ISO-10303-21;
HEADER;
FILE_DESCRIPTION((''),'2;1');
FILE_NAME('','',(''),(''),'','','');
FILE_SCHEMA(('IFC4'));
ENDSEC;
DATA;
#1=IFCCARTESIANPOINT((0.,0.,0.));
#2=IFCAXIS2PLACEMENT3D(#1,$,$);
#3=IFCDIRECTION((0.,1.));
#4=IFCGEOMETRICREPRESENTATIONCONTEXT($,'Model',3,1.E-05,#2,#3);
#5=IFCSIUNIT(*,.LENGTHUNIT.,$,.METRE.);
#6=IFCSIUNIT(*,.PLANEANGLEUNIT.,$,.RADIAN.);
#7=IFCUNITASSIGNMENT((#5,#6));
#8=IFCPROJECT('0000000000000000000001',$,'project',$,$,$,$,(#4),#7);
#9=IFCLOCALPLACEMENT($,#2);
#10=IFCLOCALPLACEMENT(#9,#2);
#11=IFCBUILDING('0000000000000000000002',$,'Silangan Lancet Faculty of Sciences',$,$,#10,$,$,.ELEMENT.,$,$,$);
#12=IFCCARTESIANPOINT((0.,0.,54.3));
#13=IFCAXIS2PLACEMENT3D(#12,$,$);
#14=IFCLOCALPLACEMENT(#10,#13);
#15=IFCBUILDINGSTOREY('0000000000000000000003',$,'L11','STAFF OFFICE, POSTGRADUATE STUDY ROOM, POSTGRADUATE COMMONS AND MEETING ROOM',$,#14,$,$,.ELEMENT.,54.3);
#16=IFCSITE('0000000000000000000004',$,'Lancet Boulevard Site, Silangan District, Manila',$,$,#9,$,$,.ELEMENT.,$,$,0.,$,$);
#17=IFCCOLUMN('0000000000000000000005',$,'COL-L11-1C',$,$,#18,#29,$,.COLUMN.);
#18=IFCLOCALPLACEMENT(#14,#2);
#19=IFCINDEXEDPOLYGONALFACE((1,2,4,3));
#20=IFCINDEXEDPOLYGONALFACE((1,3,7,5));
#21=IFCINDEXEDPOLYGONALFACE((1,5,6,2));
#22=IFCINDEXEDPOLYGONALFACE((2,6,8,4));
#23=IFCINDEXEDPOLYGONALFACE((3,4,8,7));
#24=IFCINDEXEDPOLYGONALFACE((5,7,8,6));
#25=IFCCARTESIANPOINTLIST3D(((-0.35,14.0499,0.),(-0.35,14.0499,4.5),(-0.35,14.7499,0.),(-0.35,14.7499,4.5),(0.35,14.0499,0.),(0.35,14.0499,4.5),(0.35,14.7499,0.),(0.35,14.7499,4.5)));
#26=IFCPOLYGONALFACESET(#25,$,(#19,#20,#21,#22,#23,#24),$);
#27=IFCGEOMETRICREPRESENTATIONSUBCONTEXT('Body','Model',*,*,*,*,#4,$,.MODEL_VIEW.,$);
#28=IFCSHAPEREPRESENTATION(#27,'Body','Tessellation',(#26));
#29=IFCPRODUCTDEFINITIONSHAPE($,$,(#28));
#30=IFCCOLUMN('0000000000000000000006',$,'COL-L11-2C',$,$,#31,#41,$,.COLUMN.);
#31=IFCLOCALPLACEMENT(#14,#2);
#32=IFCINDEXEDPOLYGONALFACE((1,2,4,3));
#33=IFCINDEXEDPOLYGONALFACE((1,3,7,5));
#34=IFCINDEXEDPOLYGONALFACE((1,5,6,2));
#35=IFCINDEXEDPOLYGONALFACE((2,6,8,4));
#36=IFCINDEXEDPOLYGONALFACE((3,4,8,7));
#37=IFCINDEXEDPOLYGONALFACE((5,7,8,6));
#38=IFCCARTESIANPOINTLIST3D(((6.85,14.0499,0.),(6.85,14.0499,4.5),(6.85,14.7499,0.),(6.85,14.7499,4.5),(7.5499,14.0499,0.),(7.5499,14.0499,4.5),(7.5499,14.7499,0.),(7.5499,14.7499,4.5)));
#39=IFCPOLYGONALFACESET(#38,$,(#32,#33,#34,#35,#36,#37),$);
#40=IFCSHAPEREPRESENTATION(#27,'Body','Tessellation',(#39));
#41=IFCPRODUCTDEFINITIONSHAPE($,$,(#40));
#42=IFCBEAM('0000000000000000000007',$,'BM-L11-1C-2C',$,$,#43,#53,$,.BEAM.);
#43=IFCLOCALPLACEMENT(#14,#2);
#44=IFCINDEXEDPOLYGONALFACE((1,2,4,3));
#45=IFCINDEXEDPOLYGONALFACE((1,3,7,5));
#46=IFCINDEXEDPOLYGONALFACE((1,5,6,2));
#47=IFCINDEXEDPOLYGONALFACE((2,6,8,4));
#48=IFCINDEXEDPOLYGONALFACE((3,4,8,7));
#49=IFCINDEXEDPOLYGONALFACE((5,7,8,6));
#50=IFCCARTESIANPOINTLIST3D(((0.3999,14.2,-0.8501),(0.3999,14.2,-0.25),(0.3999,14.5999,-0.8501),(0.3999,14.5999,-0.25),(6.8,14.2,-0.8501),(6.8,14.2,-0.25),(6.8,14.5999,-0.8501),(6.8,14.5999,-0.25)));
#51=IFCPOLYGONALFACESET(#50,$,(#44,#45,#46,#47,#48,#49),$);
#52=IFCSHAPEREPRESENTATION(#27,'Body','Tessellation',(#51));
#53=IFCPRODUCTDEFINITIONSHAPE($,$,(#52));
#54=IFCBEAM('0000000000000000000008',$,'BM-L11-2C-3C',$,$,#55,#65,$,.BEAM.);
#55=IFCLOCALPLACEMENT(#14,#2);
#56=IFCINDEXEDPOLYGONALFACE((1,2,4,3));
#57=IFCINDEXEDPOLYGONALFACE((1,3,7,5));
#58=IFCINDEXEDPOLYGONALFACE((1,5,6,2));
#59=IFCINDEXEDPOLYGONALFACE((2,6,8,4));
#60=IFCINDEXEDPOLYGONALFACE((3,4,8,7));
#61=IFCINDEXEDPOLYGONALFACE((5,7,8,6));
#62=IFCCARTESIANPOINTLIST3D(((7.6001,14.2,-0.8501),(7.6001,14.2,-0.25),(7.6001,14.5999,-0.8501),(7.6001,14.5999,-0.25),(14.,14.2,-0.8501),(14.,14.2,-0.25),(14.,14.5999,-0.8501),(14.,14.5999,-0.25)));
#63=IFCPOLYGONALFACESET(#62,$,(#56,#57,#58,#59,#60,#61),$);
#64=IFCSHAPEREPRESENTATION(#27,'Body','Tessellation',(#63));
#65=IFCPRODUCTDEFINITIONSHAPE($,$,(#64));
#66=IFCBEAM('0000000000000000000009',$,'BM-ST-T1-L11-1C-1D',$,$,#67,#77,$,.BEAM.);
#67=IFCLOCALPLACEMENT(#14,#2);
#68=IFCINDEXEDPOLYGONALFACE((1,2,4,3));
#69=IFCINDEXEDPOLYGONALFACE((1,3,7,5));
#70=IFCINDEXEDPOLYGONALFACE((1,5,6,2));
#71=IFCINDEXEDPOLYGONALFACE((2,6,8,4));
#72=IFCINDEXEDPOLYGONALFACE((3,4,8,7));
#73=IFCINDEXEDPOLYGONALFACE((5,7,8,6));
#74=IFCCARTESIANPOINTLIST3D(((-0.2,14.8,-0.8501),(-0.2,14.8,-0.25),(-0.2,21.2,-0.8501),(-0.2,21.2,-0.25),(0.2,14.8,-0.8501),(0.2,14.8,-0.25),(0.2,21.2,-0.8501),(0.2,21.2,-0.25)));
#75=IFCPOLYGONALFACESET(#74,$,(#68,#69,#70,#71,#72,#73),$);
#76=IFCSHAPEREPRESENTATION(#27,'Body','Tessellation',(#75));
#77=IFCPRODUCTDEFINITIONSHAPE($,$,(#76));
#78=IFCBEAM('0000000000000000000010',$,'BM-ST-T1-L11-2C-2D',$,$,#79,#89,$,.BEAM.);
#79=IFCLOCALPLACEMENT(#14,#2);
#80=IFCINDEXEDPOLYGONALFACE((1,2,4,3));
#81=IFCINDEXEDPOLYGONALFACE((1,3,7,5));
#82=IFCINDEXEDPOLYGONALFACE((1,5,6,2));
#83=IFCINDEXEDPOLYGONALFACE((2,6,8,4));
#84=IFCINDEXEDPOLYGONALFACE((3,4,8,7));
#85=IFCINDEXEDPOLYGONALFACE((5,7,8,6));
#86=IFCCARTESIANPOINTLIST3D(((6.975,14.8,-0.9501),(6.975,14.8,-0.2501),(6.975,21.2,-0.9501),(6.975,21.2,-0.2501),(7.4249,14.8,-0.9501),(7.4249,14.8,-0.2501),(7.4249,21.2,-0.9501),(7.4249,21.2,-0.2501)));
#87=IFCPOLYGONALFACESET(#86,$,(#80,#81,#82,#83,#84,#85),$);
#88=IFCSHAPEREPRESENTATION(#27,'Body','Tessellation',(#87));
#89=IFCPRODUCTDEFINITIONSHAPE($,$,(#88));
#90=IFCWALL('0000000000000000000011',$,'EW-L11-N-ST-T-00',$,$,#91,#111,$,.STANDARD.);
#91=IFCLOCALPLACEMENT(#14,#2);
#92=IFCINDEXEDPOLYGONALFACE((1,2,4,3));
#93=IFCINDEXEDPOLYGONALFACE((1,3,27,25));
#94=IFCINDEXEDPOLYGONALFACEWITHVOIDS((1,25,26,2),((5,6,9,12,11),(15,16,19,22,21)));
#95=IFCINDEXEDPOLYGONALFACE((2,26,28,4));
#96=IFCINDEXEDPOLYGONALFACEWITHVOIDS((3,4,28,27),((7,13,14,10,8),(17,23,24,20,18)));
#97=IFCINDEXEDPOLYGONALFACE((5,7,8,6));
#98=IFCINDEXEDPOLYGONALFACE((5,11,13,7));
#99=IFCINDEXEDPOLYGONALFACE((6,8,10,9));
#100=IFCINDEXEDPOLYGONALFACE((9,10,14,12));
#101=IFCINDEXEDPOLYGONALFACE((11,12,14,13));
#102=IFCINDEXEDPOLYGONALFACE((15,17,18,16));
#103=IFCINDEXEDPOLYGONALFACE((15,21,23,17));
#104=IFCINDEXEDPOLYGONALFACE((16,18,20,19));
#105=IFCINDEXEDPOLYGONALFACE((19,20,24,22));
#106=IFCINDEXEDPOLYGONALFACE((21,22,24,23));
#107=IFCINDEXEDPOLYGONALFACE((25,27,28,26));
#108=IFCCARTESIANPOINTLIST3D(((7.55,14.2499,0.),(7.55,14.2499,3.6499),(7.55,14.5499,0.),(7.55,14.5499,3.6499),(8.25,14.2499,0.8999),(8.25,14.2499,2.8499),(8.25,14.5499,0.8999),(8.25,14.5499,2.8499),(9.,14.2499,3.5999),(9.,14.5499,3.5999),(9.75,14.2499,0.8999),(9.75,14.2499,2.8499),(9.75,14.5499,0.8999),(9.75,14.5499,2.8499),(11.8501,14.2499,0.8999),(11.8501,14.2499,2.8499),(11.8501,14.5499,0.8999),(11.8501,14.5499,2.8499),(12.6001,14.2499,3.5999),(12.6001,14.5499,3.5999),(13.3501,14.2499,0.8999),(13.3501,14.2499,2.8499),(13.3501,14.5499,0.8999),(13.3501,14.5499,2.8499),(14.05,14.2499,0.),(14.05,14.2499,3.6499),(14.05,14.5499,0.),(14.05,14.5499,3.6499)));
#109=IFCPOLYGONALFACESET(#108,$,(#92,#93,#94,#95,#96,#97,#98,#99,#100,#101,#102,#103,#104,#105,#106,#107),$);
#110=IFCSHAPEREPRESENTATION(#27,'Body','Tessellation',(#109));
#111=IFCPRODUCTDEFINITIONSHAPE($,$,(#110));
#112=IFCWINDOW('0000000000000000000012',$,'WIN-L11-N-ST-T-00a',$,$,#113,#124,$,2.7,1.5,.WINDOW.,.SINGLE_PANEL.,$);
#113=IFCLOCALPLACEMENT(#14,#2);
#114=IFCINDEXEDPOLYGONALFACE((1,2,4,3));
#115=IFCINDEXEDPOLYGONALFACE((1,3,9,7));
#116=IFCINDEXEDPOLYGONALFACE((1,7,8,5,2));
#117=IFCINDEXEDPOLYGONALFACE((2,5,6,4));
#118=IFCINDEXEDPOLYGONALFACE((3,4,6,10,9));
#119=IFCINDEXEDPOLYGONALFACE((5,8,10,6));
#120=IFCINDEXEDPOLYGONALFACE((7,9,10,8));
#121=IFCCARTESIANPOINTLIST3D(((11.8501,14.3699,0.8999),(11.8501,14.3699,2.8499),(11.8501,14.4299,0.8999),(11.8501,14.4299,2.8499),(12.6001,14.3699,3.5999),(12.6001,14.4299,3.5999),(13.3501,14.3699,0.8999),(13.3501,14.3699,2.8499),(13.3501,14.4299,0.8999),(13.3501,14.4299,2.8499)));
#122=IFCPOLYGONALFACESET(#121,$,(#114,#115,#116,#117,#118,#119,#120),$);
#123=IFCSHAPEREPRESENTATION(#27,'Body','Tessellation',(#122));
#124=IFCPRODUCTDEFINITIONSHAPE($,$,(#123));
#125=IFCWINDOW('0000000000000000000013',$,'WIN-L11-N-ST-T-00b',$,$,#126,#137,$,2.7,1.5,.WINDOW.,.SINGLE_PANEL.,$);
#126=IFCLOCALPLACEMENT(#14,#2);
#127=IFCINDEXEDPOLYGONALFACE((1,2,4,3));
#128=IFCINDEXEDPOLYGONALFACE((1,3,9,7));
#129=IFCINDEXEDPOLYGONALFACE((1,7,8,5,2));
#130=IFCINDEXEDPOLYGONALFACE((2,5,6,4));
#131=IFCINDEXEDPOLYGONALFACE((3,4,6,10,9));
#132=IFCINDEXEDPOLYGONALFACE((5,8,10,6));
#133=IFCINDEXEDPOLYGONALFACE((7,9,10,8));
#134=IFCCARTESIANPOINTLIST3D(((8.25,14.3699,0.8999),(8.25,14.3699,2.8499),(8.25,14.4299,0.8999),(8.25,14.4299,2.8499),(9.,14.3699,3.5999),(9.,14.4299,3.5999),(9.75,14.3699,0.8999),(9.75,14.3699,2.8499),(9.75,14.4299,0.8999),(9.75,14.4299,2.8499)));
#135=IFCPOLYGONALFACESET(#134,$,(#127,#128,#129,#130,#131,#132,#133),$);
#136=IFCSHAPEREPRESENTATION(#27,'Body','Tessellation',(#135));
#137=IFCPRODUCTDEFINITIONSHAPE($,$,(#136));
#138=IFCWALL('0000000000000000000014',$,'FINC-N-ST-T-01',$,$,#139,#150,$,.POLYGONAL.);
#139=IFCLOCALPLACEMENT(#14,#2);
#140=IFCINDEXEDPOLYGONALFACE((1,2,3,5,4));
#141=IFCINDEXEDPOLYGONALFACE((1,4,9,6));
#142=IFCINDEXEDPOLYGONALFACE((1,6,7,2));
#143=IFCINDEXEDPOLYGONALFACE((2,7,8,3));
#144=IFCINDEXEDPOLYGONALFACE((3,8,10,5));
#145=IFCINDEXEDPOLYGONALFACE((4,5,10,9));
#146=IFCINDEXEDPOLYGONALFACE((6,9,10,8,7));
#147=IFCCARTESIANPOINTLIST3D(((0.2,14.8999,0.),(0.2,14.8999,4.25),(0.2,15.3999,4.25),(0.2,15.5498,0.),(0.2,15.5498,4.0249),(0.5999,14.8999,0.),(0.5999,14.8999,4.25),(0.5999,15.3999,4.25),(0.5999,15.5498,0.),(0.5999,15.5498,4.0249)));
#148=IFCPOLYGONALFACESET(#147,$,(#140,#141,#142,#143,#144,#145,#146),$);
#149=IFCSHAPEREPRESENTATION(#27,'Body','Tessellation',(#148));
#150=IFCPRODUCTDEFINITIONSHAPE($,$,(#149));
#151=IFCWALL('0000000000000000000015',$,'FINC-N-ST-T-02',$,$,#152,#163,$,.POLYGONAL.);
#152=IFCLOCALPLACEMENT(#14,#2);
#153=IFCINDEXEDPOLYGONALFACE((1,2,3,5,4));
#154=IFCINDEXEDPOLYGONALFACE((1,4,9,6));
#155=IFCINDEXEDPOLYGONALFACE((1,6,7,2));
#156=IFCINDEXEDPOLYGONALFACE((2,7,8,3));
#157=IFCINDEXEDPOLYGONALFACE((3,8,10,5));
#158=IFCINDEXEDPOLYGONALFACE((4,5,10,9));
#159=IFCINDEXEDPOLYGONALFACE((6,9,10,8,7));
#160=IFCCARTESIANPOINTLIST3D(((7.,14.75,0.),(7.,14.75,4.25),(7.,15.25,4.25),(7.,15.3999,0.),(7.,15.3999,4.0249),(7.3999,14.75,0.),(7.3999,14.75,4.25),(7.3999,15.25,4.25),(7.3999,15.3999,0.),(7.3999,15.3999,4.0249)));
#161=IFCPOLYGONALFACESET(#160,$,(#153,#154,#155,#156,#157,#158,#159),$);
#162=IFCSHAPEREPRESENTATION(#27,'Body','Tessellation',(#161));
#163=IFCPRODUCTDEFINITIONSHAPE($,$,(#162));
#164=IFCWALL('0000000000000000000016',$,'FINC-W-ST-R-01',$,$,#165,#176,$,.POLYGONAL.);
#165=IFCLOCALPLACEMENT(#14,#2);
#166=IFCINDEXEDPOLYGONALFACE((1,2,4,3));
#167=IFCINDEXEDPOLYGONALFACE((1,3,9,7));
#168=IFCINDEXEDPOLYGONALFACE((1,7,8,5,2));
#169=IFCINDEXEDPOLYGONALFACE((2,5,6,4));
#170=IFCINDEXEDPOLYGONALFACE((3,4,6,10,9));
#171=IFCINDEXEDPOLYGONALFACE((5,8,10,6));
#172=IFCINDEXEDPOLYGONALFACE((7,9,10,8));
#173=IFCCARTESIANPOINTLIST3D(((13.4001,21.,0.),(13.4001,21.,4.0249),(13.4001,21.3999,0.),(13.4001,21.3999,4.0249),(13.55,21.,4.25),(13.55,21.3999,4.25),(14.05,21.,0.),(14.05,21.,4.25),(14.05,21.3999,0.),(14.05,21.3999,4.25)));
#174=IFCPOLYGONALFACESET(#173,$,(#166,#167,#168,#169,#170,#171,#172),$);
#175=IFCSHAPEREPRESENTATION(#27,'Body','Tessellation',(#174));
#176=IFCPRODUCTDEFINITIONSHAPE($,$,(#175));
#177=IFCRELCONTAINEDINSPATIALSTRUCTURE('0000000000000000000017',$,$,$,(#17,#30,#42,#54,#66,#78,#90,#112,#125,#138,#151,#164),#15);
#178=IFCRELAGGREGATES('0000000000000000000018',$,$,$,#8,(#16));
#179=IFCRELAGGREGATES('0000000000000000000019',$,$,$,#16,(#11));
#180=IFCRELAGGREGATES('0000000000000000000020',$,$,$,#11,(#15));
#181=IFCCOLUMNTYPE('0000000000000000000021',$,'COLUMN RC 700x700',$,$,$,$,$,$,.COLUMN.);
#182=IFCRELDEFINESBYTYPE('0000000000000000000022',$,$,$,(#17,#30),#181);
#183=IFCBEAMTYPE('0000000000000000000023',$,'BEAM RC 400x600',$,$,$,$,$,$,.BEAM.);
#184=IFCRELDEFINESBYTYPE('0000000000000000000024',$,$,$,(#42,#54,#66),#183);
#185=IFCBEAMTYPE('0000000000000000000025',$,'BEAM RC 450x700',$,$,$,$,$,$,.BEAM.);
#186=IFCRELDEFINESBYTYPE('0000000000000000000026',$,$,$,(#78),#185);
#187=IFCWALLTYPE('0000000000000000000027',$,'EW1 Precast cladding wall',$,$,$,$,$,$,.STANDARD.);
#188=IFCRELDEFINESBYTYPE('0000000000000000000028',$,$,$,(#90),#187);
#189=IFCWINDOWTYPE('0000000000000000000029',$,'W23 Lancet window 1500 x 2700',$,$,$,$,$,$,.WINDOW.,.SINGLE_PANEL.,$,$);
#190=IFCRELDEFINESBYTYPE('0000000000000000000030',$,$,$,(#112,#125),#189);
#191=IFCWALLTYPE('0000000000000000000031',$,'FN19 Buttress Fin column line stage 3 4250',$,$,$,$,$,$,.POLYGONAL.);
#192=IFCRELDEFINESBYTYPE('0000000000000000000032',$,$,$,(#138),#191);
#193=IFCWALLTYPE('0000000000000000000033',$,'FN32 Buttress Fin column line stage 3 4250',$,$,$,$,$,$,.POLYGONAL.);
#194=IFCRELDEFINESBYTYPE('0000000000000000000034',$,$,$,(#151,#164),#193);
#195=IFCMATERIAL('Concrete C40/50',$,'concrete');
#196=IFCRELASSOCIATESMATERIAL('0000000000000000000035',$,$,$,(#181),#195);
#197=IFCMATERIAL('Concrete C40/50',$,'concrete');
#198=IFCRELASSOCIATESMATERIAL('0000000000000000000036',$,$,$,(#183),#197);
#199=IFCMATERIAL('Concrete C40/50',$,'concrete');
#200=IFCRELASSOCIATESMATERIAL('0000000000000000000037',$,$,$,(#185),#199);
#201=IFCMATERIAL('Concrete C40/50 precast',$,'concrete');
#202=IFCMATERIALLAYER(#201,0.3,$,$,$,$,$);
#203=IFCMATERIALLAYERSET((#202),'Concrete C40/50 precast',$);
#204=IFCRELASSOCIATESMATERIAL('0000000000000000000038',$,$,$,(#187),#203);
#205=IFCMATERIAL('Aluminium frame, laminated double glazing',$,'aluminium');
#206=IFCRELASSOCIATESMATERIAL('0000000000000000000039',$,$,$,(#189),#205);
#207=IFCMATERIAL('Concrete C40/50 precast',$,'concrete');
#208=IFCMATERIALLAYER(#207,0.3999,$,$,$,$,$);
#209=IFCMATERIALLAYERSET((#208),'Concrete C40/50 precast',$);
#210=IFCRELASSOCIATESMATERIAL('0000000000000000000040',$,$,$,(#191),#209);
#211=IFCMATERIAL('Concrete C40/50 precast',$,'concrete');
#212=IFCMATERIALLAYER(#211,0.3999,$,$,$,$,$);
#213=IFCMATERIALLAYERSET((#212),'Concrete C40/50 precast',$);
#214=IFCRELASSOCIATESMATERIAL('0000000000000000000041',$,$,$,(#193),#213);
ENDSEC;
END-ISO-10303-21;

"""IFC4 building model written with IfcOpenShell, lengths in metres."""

from ifc_helpers import new_model, si_unit, direction, frame, frame_2d, origin, origin_2d, place, context, subcontext, project, spatial, polyline, rectangle, outline, extrude, material, layer, layer_set, material_profile, profile_set, type_object, element, fill, save


model = new_model("IFC4")

# Units and contexts
model_context = context("Model", 3, precision=1e-05, world=origin(), true_north=direction((0.0, 1.0)))
body_context = subcontext(model_context, "Body", "Model", "MODEL_VIEW")
ifc_project = project(units=[si_unit("LENGTHUNIT", "METRE"), si_unit("PLANEANGLEUNIT", "RADIAN")], contexts=[model_context])

# Site, building, storey
site_placement = place(None, origin())
site = spatial("IfcSite", under=ifc_project, at=site_placement, Name="Lancet Boulevard Site, Silangan District, Manila", CompositionType="ELEMENT", RefElevation=0.0)
building_placement = place(site_placement, origin())
building = spatial("IfcBuilding", under=site, at=building_placement, Name="Silangan Lancet Faculty of Sciences", CompositionType="ELEMENT")
storey_placement = place(building_placement, frame((0.0, 0.0, 54.3)))
storey = spatial("IfcBuildingStorey", under=building, at=storey_placement, Name="L11", Description="STAFF OFFICE, POSTGRADUATE STUDY ROOM, POSTGRADUATE COMMONS AND MEETING ROOM", CompositionType="ELEMENT", Elevation=54.3)

# Columns
ifc_material_1 = material(Name="Concrete C40/50", Category="concrete")
ifc_material_profile_1 = material_profile(ifc_material_1, rectangle(XDim=0.7, YDim=0.7, at=origin_2d()), Name="RC 700x700")
ifc_profile_set_1 = profile_set([ifc_material_profile_1], Name="Concrete C40/50")
column_type = type_object("IfcColumnType", Name="COLUMN RC 700x700", PredefinedType="COLUMN", material=ifc_profile_set_1)
for number, where, z_axis, x_axis, name in (
    (1, (0.0, 14.3999, 0.0), (0.0, 0.0, 1.0), (1.0, 0.0, 0.0), "COL-L11-1C"),
    (2, (7.2, 14.3999, 0.0), (0.0, 0.0, 1.0), (1.0, 0.0, 0.0), "COL-L11-2C"),
):
    element("IfcColumn", number, at=place(storey_placement, frame(where, z_axis=z_axis, x_axis=x_axis)), inside=storey, type_object=column_type, Name=name, PredefinedType="COLUMN", context=body_context, shape_type="SweptSolid", body=[
        extrude(rectangle(XDim=0.7, YDim=0.7, at=origin_2d()), origin(), (0.0, 0.0, 1.0), 4.5),
    ])

# Beams
ifc_material_2 = material(Name="Concrete C40/50", Category="concrete")
ifc_material_profile_2 = material_profile(ifc_material_2, rectangle(XDim=0.3999, YDim=0.6001, at=origin_2d()), Name="RC 400x600")
ifc_profile_set_2 = profile_set([ifc_material_profile_2], Name="Concrete C40/50")
beam_type_1 = type_object("IfcBeamType", Name="BEAM RC 400x600", PredefinedType="BEAM", material=ifc_profile_set_2)
beam_1_placement = place(storey_placement, frame((0.3999, 14.3999, -0.55), z_axis=(1.0, 0.0, 0.0), x_axis=(0.0, 1.0, 0.0)))
element("IfcBeam", 3, at=beam_1_placement, inside=storey, type_object=beam_type_1, Name="BM-L11-1C-2C", PredefinedType="BEAM", context=body_context, shape_type="SweptSolid", body=[
    extrude(rectangle(XDim=0.3999, YDim=0.6001, at=origin_2d()), origin(), (0.0, 0.0, 1.0), 6.4001),
])
for number, where, z_axis, x_axis, name in (
    (4, (7.6001, 14.3999, -0.55), (1.0, 0.0, 0.0), (0.0, 1.0, 0.0), "BM-L11-2C-3C"),
    (5, (0.0, 14.8, -0.55), (0.0, 1.0, 0.0), (-1.0, 0.0, 0.0), "BM-ST-T1-L11-1C-1D"),
):
    element("IfcBeam", number, at=place(storey_placement, frame(where, z_axis=z_axis, x_axis=x_axis)), inside=storey, type_object=beam_type_1, Name=name, PredefinedType="BEAM", context=body_context, shape_type="SweptSolid", body=[
        extrude(rectangle(XDim=0.3999, YDim=0.6001, at=origin_2d()), origin(), (0.0, 0.0, 1.0), 6.3999),
    ])
ifc_material_3 = material(Name="Concrete C40/50", Category="concrete")
ifc_material_profile_3 = material_profile(ifc_material_3, rectangle(XDim=0.45, YDim=0.7, at=origin_2d()), Name="RC 450x700")
ifc_profile_set_3 = profile_set([ifc_material_profile_3], Name="Concrete C40/50")
beam_type_2 = type_object("IfcBeamType", Name="BEAM RC 450x700", PredefinedType="BEAM", material=ifc_profile_set_3)
beam_2_placement = place(storey_placement, frame((7.2, 14.8, -0.6001), z_axis=(0.0, 1.0, 0.0), x_axis=(-1.0, 0.0, 0.0)))
element("IfcBeam", 6, at=beam_2_placement, inside=storey, type_object=beam_type_2, Name="BM-ST-T1-L11-2C-2D", PredefinedType="BEAM", context=body_context, shape_type="SweptSolid", body=[
    extrude(rectangle(XDim=0.45, YDim=0.7, at=origin_2d()), origin(), (0.0, 0.0, 1.0), 6.3999),
])

# Wall, openings, windows
ifc_material_4 = material(Name="Concrete C40/50 precast", Category="concrete")
ifc_layer_1 = layer(ifc_material_4, 0.3)
ifc_layer_set_1 = layer_set([ifc_layer_1], Name="Concrete C40/50 precast")
wall_type_1 = type_object("IfcWallType", Name="EW1 Precast cladding wall", PredefinedType="STANDARD", material=ifc_layer_set_1)
wall_1_placement = place(storey_placement, frame((14.05, 14.3999, 0.0), z_axis=(0.0, 0.0, 1.0), x_axis=(-1.0, 0.0, 0.0)))
wall_1 = element("IfcWall", 7, at=wall_1_placement, inside=storey, type_object=wall_type_1, Name="EW-L11-N-ST-T-00", PredefinedType="STANDARD", context=body_context, shape_type="SweptSolid", body=[
    extrude(rectangle(XDim=6.5, YDim=0.3, at=frame_2d((3.25, 0.0))), origin(), (0.0, 0.0, 1.0), 3.6499),
])
opening_1_placement = place(wall_1_placement, frame((0.7, 0.0, 0.8999)))
opening_1 = element("IfcOpeningElement", 8, at=opening_1_placement, cuts=wall_1, PredefinedType="OPENING", context=body_context, shape_type="SweptSolid", body=[
    extrude(outline(polyline([(0.0, 0.0), (1.5, 0.0), (1.5, 1.95), (0.75, 2.7), (0.0, 1.95), (0.0, 0.0)])), frame((0.0, 0.1599, 0.0), z_axis=(0.0, -1.0, 0.0), x_axis=(1.0, 0.0, 0.0)), (0.0, 0.0, 1.0), 0.3201),
])
opening_2_placement = place(wall_1_placement, frame((4.3, 0.0, 0.8999)))
opening_2 = element("IfcOpeningElement", 9, at=opening_2_placement, cuts=wall_1, PredefinedType="OPENING", context=body_context, shape_type="SweptSolid", body=[
    extrude(outline(polyline([(0.0, 0.0), (1.5, 0.0), (1.5, 1.95), (0.75, 2.7), (0.0, 1.95), (0.0, 0.0)])), frame((0.0, 0.1599, 0.0), z_axis=(0.0, -1.0, 0.0), x_axis=(1.0, 0.0, 0.0)), (0.0, 0.0, 1.0), 0.3201),
])
ifc_material_5 = material(Name="Aluminium frame, laminated double glazing", Category="aluminium")
window_type = type_object("IfcWindowType", Name="W23 Lancet window 1500 x 2700", PartitioningType="SINGLE_PANEL", PredefinedType="WINDOW", material=ifc_material_5)
window_1_placement = place(opening_1_placement, origin())
window_1 = element("IfcWindow", 10, at=window_1_placement, inside=storey, type_object=window_type, Name="WIN-L11-N-ST-T-00a", OverallHeight=2.7, OverallWidth=1.5, PartitioningType="SINGLE_PANEL", PredefinedType="WINDOW", context=body_context, shape_type="SweptSolid", body=[
    extrude(outline(polyline([(0.0, 0.0), (1.5, 0.0), (1.5, 1.95), (0.75, 2.7), (0.0, 1.95), (0.0, 0.0)])), frame((0.0, 0.03, 0.0), z_axis=(0.0, -1.0, 0.0), x_axis=(1.0, 0.0, 0.0)), (0.0, 0.0, 1.0), 0.0601),
])
fill(opening_1, window_1)
window_2_placement = place(opening_2_placement, origin())
window_2 = element("IfcWindow", 11, at=window_2_placement, inside=storey, type_object=window_type, Name="WIN-L11-N-ST-T-00b", OverallHeight=2.7, OverallWidth=1.5, PartitioningType="SINGLE_PANEL", PredefinedType="WINDOW", context=body_context, shape_type="SweptSolid", body=[
    extrude(outline(polyline([(0.0, 0.0), (1.5, 0.0), (1.5, 1.95), (0.75, 2.7), (0.0, 1.95), (0.0, 0.0)])), frame((0.0, 0.03, 0.0), z_axis=(0.0, -1.0, 0.0), x_axis=(1.0, 0.0, 0.0)), (0.0, 0.0, 1.0), 0.0601),
])
fill(opening_2, window_2)

# Walls
ifc_material_6 = material(Name="Concrete C40/50 precast", Category="concrete")
ifc_layer_2 = layer(ifc_material_6, 0.3999)
ifc_layer_set_2 = layer_set([ifc_layer_2], Name="Concrete C40/50 precast")
wall_type_2 = type_object("IfcWallType", Name="FN19 Buttress Fin column line stage 3 4250", PredefinedType="POLYGONAL", material=ifc_layer_set_2)
wall_2_placement = place(storey_placement, frame((0.3999, 14.8999, 0.0), z_axis=(0.0, 0.0, 1.0), x_axis=(0.0, 1.0, 0.0)))
element("IfcWall", 12, at=wall_2_placement, inside=storey, type_object=wall_type_2, Name="FINC-N-ST-T-01", PredefinedType="POLYGONAL", context=body_context, shape_type="SweptSolid", body=[
    extrude(outline(polyline([(0.6499, 0.0), (0.6499, 4.0249), (0.5, 4.25), (0.0, 4.25), (0.0, 0.0), (0.6499, 0.0)])), frame((0.0, 0.2, 0.0), z_axis=(0.0, -1.0, 0.0), x_axis=(1.0, 0.0, 0.0)), (0.0, 0.0, 1.0), 0.3999),
])
ifc_material_7 = material(Name="Concrete C40/50 precast", Category="concrete")
ifc_layer_3 = layer(ifc_material_7, 0.3999)
ifc_layer_set_3 = layer_set([ifc_layer_3], Name="Concrete C40/50 precast")
wall_type_3 = type_object("IfcWallType", Name="FN32 Buttress Fin column line stage 3 4250", PredefinedType="POLYGONAL", material=ifc_layer_set_3)
for number, where, z_axis, x_axis, name in (
    (13, (7.2, 14.75, 0.0), (0.0, 0.0, 1.0), (0.0, 1.0, 0.0), "FINC-N-ST-T-02"),
    (14, (14.05, 21.2, 0.0), (0.0, 0.0, 1.0), (-1.0, 0.0, 0.0), "FINC-W-ST-R-01"),
):
    element("IfcWall", number, at=place(storey_placement, frame(where, z_axis=z_axis, x_axis=x_axis)), inside=storey, type_object=wall_type_3, Name=name, PredefinedType="POLYGONAL", context=body_context, shape_type="SweptSolid", body=[
        extrude(outline(polyline([(0.6499, 0.0), (0.6499, 4.0249), (0.5, 4.25), (0.0, 4.25), (0.0, 0.0), (0.6499, 0.0)])), frame((0.0, 0.2, 0.0), z_axis=(0.0, -1.0, 0.0), x_axis=(1.0, 0.0, 0.0)), (0.0, 0.0, 1.0), 0.3999),
    ])

save(model, "model.ifc")
